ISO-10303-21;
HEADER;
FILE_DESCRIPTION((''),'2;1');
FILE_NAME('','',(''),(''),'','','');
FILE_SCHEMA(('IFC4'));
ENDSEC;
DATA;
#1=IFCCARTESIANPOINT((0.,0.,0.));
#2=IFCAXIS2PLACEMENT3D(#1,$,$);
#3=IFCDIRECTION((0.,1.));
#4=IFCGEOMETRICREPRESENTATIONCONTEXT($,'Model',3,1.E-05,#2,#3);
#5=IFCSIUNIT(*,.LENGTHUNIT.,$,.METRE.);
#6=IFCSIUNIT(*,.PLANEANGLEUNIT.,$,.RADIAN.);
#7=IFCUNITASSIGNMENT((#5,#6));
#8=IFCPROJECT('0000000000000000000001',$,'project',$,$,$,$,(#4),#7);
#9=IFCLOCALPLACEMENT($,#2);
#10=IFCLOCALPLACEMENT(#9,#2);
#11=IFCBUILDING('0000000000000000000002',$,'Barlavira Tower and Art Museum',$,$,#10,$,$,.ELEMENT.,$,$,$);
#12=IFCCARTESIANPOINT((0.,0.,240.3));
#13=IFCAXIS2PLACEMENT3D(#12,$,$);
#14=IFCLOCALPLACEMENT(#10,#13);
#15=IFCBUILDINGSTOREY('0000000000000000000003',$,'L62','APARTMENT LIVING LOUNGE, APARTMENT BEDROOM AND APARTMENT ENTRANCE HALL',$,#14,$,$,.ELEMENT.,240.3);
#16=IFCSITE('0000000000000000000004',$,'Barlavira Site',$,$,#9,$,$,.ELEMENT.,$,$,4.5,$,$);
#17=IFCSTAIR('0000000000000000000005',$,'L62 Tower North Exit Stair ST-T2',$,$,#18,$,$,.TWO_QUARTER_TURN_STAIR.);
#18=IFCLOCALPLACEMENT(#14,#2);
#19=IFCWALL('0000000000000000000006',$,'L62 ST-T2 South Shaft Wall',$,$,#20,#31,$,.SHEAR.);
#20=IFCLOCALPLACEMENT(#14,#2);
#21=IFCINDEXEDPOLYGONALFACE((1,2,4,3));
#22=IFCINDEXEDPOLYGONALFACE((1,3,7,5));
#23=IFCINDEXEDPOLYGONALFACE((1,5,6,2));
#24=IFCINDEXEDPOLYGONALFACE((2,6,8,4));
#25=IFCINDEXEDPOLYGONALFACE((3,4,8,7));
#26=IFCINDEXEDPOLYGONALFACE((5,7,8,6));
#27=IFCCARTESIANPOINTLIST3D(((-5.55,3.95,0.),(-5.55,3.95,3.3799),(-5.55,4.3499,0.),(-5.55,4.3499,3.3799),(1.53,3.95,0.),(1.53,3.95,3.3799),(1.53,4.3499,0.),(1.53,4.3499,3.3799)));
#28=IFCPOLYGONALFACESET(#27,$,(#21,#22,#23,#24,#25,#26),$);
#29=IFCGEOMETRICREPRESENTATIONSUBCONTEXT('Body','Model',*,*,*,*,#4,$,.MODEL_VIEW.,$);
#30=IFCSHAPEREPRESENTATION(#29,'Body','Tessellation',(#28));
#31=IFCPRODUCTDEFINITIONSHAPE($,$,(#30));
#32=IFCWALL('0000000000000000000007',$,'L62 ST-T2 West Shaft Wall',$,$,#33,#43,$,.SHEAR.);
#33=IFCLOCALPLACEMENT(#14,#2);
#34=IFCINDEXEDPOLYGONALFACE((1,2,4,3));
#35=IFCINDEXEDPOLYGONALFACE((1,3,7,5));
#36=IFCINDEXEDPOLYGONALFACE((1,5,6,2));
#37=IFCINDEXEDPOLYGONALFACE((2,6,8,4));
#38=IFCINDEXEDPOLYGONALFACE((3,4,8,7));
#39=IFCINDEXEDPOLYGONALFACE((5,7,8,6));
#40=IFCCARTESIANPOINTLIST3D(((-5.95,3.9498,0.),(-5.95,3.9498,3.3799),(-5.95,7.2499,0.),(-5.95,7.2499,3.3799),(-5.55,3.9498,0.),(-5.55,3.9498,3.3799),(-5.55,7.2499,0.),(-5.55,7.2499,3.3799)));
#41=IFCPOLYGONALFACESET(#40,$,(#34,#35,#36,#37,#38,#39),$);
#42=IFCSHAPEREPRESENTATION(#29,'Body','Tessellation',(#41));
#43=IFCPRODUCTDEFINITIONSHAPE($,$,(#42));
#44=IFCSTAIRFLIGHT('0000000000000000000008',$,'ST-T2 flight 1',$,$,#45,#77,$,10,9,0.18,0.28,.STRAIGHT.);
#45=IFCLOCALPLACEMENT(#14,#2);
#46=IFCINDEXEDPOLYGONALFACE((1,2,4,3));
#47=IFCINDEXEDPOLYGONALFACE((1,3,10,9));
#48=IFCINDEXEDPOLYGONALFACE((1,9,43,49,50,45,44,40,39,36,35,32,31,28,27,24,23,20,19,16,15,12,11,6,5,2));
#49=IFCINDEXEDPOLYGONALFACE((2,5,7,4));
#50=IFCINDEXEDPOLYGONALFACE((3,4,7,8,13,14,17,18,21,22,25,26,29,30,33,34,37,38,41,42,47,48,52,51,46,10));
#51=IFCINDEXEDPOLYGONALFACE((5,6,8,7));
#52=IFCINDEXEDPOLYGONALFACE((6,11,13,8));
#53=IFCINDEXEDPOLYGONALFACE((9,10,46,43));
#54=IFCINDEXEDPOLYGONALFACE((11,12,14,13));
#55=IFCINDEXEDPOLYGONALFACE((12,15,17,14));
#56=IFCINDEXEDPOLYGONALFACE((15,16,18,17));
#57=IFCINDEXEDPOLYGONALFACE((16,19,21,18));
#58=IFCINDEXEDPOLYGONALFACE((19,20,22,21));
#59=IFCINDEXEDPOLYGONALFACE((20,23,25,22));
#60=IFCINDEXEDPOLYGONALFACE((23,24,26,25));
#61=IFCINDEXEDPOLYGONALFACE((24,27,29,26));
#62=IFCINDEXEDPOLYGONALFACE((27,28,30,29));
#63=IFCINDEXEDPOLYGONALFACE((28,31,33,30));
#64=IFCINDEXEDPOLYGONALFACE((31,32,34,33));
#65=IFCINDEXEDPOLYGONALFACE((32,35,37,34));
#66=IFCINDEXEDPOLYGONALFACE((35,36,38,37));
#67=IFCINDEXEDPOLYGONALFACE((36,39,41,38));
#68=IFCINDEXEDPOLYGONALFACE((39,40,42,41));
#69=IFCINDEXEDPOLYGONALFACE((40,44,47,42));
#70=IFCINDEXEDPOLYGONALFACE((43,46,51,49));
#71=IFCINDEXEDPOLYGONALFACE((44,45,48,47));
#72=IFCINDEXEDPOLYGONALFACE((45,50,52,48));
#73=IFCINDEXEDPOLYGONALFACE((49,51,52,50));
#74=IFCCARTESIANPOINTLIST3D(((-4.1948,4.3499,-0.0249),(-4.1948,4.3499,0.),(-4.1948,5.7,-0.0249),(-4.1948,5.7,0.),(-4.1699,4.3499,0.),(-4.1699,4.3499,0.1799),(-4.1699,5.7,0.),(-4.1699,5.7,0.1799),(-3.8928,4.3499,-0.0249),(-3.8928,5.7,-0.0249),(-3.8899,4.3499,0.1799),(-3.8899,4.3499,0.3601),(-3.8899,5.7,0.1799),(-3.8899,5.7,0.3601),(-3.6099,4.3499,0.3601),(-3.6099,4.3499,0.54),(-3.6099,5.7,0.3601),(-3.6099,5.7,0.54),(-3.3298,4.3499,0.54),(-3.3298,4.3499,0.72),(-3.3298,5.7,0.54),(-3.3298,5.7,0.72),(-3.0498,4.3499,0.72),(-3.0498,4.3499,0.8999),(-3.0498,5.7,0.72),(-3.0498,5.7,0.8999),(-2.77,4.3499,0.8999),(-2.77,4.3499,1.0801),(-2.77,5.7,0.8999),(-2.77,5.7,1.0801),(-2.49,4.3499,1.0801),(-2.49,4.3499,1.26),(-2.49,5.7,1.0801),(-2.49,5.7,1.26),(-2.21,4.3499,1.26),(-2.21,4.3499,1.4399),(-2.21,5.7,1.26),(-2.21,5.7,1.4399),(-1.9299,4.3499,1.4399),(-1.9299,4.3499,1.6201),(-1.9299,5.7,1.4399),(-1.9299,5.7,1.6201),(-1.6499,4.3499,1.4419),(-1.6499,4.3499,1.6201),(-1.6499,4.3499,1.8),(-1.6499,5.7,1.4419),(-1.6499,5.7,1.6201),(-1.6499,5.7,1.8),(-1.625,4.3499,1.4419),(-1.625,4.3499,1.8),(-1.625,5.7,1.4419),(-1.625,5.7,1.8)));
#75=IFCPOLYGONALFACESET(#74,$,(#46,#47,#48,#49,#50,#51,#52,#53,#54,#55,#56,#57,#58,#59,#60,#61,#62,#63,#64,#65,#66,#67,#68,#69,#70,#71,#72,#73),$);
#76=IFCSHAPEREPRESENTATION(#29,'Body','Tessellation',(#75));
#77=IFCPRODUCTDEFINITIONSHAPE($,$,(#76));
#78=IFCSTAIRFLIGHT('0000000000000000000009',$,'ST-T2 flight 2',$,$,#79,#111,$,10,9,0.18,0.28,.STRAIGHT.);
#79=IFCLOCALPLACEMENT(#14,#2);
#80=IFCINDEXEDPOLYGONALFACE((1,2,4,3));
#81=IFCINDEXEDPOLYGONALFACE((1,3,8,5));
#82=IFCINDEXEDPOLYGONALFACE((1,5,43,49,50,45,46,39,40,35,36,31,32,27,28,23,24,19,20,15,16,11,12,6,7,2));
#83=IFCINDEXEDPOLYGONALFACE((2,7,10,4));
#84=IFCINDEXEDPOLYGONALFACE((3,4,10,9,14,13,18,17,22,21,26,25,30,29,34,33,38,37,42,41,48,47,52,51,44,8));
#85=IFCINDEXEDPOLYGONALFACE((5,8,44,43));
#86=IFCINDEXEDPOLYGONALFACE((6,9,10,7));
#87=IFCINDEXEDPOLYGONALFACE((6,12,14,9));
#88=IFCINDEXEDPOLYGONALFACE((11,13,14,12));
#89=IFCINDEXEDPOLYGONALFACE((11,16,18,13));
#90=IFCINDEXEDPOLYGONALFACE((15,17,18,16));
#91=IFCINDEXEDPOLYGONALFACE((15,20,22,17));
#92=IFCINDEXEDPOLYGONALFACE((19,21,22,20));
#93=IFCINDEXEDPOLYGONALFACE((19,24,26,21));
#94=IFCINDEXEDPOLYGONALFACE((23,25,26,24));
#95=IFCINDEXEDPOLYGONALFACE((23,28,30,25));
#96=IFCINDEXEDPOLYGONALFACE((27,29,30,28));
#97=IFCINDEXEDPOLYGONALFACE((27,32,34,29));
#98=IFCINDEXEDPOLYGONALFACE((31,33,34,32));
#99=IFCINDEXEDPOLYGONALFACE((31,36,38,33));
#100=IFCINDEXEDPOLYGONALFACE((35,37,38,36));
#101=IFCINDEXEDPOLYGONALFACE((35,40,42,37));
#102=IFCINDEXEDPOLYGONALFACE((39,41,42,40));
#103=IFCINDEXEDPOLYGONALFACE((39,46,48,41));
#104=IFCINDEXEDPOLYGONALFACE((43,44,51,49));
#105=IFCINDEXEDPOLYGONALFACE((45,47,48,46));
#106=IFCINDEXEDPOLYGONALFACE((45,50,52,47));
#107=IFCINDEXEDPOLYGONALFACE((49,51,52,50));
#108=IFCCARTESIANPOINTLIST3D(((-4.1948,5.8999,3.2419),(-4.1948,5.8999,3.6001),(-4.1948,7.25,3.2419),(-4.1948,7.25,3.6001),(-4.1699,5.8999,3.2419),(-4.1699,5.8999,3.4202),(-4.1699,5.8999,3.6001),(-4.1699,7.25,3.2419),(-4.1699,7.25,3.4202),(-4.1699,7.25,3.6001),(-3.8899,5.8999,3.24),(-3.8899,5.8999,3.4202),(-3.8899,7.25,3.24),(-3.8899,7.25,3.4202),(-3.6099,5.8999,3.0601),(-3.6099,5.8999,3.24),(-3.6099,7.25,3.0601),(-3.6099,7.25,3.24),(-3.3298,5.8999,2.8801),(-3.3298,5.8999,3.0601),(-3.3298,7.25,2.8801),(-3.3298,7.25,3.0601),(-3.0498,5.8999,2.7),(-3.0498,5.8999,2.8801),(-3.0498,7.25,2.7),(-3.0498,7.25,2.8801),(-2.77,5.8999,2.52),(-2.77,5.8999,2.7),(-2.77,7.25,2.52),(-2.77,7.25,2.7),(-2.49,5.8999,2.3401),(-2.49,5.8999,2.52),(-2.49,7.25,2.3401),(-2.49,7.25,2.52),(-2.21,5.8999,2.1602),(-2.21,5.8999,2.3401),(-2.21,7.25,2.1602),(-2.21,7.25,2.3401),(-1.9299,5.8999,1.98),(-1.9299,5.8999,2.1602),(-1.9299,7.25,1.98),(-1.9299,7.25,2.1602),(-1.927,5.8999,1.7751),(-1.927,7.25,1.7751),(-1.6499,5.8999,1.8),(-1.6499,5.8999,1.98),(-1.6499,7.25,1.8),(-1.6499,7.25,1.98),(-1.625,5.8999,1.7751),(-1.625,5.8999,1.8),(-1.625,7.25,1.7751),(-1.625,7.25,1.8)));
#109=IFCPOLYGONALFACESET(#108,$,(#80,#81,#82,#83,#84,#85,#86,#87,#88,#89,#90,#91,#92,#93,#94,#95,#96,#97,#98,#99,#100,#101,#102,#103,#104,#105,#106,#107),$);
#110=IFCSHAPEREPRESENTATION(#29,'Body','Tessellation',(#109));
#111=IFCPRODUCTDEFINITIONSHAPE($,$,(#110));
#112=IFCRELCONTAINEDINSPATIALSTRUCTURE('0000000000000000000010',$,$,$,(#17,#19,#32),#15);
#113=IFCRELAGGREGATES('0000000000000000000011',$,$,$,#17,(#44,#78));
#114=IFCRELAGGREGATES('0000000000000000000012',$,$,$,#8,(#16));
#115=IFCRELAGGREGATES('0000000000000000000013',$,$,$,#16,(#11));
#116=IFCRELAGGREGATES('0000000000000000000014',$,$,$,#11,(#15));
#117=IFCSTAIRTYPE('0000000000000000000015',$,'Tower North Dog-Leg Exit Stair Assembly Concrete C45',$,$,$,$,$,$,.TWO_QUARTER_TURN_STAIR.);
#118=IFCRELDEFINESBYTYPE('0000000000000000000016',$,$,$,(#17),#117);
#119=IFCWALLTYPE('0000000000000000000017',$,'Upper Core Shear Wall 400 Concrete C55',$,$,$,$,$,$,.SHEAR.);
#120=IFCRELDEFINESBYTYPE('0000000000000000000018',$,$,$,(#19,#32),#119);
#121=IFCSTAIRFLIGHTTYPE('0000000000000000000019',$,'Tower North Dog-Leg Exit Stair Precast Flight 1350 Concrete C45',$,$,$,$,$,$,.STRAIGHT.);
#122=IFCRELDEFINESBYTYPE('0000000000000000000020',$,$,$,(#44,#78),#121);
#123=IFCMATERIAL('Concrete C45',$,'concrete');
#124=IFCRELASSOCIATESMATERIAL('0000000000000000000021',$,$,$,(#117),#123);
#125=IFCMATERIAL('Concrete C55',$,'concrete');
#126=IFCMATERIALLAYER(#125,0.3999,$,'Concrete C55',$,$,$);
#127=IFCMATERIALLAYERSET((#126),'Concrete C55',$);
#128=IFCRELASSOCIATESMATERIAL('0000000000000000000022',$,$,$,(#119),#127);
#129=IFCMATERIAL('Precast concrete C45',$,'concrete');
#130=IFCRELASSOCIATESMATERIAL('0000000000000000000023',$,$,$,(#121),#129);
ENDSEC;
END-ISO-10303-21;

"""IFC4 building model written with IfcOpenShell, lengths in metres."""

from ifc_helpers import new_model, si_unit, direction, frame, frame_2d, origin, place, context, subcontext, project, spatial, polyline, rectangle, outline, extrude, material, layer, layer_set, type_object, element, aggregate, save


model = new_model("IFC4")

# Units and contexts
model_context = context("Model", 3, precision=1e-05, world=origin(), true_north=direction((0.0, 1.0)))
body_context = subcontext(model_context, "Body", "Model", "MODEL_VIEW")
ifc_project = project(units=[si_unit("LENGTHUNIT", "METRE"), si_unit("PLANEANGLEUNIT", "RADIAN")], contexts=[model_context])

# Site, building, storey
site_placement = place(None, origin())
site = spatial("IfcSite", under=ifc_project, at=site_placement, Name="Barlavira Site", CompositionType="ELEMENT", RefElevation=4.5)
building_placement = place(site_placement, origin())
building = spatial("IfcBuilding", under=site, at=building_placement, Name="Barlavira Tower and Art Museum", CompositionType="ELEMENT")
storey_placement = place(building_placement, frame((0.0, 0.0, 240.3)))
storey = spatial("IfcBuildingStorey", under=building, at=storey_placement, Name="L62", Description="APARTMENT LIVING LOUNGE, APARTMENT BEDROOM AND APARTMENT ENTRANCE HALL", CompositionType="ELEMENT", Elevation=240.3)

# Stair
ifc_material_1 = material(Name="Concrete C45", Category="concrete")
stair_type_1 = type_object("IfcStairType", Name="Tower North Dog-Leg Exit Stair Assembly Concrete C45", PredefinedType="TWO_QUARTER_TURN_STAIR", material=ifc_material_1)
stair_1_placement = place(storey_placement, origin())
stair_1 = element("IfcStair", 1, at=stair_1_placement, inside=storey, type_object=stair_type_1, Name="L62 Tower North Exit Stair ST-T2", PredefinedType="TWO_QUARTER_TURN_STAIR")

# Walls
ifc_material_2 = material(Name="Concrete C55", Category="concrete")
ifc_layer_1 = layer(ifc_material_2, 0.3999, Name="Concrete C55")
ifc_layer_set_1 = layer_set([ifc_layer_1], Name="Concrete C55")
wall_type_1 = type_object("IfcWallType", Name="Upper Core Shear Wall 400 Concrete C55", PredefinedType="SHEAR", material=ifc_layer_set_1)
wall_1_placement = place(storey_placement, frame((-5.55, 4.1499, 0.0), z_axis=(0.0, 0.0, 1.0), x_axis=(1.0, 0.0, 0.0)))
element("IfcWall", 2, at=wall_1_placement, inside=storey, type_object=wall_type_1, Name="L62 ST-T2 South Shaft Wall", PredefinedType="SHEAR", context=body_context, shape_type="SweptSolid", body=[
    extrude(rectangle(XDim=7.0801, YDim=0.3999, at=frame_2d((3.54, 0.0))), origin(), (0.0, 0.0, 1.0), 3.3799),
])
wall_2_placement = place(storey_placement, frame((-5.75, 3.95, 0.0), z_axis=(0.0, 0.0, 1.0), x_axis=(0.0, 1.0, 0.0)))
element("IfcWall", 3, at=wall_2_placement, inside=storey, type_object=wall_type_1, Name="L62 ST-T2 West Shaft Wall", PredefinedType="SHEAR", context=body_context, shape_type="SweptSolid", body=[
    extrude(rectangle(XDim=3.3, YDim=0.3999, at=frame_2d((1.6499, 0.0))), origin(), (0.0, 0.0, 1.0), 3.3799),
])

# Stair flights
ifc_material_3 = material(Name="Precast concrete C45", Category="concrete")
stair_flight_type = type_object("IfcStairFlightType", Name="Tower North Dog-Leg Exit Stair Precast Flight 1350 Concrete C45", PredefinedType="STRAIGHT", material=ifc_material_3)
stair_flight_1_placement = place(storey_placement, frame((-4.1699, 5.0249, 0.0), z_axis=(0.0, 0.0, 1.0), x_axis=(1.0, 0.0, 0.0)))
stair_flight_1 = element("IfcStairFlight", 4, at=stair_flight_1_placement, type_object=stair_flight_type, Name="ST-T2 flight 1", NumberOfRisers=10, NumberOfTreads=9, PredefinedType="STRAIGHT", RiserHeight=0.18, TreadLength=0.28, context=body_context, shape_type="SweptSolid", body=[
    extrude(outline(polyline([(-0.0249, 0.0), (0.0, 0.0), (0.0, 0.1799), (0.28, 0.1799), (0.28, 0.3601), (0.5601, 0.3601), (0.5601, 0.54), (0.8401, 0.54), (0.8401, 0.72), (1.1201, 0.72), (1.1201, 0.8999), (1.3999, 0.8999), (1.3999, 1.0801), (1.6799, 1.0801), (1.6799, 1.26), (1.96, 1.26), (1.96, 1.4399), (2.24, 1.4399), (2.24, 1.6201), (2.52, 1.6201), (2.52, 1.8), (2.5449, 1.8), (2.5449, 1.4419), (2.52, 1.4419), (0.2771, -0.0249), (-0.0249, -0.0249), (-0.0249, 0.0)])), frame((0.0, 0.675, 0.0), z_axis=(0.0, -1.0, 0.0), x_axis=(1.0, 0.0, 0.0)), (0.0, 0.0, 1.0), 1.3501),
])
stair_flight_2_placement = place(storey_placement, frame((-1.6499, 6.575, 1.8), z_axis=(0.0, 0.0, 1.0), x_axis=(-1.0, 0.0, 0.0)))
stair_flight_2 = element("IfcStairFlight", 5, at=stair_flight_2_placement, type_object=stair_flight_type, Name="ST-T2 flight 2", NumberOfRisers=10, NumberOfTreads=9, PredefinedType="STRAIGHT", RiserHeight=0.18, TreadLength=0.28, context=body_context, shape_type="SweptSolid", body=[
    extrude(outline(polyline([(-0.0249, 0.0), (0.0, 0.0), (0.0, 0.1799), (0.28, 0.1799), (0.28, 0.3601), (0.5601, 0.3601), (0.5601, 0.54), (0.8401, 0.54), (0.8401, 0.72), (1.1201, 0.72), (1.1201, 0.8999), (1.3999, 0.8999), (1.3999, 1.0801), (1.6799, 1.0801), (1.6799, 1.26), (1.96, 1.26), (1.96, 1.4399), (2.24, 1.4399), (2.24, 1.6201), (2.52, 1.6201), (2.52, 1.8), (2.5449, 1.8), (2.5449, 1.4419), (2.52, 1.4419), (0.2771, -0.0249), (-0.0249, -0.0249), (-0.0249, 0.0)])), frame((0.0, 0.675, 0.0), z_axis=(0.0, -1.0, 0.0), x_axis=(1.0, 0.0, 0.0)), (0.0, 0.0, 1.0), 1.3501),
])
aggregate(stair_1, [stair_flight_1, stair_flight_2])

save(model, "model.ifc")
